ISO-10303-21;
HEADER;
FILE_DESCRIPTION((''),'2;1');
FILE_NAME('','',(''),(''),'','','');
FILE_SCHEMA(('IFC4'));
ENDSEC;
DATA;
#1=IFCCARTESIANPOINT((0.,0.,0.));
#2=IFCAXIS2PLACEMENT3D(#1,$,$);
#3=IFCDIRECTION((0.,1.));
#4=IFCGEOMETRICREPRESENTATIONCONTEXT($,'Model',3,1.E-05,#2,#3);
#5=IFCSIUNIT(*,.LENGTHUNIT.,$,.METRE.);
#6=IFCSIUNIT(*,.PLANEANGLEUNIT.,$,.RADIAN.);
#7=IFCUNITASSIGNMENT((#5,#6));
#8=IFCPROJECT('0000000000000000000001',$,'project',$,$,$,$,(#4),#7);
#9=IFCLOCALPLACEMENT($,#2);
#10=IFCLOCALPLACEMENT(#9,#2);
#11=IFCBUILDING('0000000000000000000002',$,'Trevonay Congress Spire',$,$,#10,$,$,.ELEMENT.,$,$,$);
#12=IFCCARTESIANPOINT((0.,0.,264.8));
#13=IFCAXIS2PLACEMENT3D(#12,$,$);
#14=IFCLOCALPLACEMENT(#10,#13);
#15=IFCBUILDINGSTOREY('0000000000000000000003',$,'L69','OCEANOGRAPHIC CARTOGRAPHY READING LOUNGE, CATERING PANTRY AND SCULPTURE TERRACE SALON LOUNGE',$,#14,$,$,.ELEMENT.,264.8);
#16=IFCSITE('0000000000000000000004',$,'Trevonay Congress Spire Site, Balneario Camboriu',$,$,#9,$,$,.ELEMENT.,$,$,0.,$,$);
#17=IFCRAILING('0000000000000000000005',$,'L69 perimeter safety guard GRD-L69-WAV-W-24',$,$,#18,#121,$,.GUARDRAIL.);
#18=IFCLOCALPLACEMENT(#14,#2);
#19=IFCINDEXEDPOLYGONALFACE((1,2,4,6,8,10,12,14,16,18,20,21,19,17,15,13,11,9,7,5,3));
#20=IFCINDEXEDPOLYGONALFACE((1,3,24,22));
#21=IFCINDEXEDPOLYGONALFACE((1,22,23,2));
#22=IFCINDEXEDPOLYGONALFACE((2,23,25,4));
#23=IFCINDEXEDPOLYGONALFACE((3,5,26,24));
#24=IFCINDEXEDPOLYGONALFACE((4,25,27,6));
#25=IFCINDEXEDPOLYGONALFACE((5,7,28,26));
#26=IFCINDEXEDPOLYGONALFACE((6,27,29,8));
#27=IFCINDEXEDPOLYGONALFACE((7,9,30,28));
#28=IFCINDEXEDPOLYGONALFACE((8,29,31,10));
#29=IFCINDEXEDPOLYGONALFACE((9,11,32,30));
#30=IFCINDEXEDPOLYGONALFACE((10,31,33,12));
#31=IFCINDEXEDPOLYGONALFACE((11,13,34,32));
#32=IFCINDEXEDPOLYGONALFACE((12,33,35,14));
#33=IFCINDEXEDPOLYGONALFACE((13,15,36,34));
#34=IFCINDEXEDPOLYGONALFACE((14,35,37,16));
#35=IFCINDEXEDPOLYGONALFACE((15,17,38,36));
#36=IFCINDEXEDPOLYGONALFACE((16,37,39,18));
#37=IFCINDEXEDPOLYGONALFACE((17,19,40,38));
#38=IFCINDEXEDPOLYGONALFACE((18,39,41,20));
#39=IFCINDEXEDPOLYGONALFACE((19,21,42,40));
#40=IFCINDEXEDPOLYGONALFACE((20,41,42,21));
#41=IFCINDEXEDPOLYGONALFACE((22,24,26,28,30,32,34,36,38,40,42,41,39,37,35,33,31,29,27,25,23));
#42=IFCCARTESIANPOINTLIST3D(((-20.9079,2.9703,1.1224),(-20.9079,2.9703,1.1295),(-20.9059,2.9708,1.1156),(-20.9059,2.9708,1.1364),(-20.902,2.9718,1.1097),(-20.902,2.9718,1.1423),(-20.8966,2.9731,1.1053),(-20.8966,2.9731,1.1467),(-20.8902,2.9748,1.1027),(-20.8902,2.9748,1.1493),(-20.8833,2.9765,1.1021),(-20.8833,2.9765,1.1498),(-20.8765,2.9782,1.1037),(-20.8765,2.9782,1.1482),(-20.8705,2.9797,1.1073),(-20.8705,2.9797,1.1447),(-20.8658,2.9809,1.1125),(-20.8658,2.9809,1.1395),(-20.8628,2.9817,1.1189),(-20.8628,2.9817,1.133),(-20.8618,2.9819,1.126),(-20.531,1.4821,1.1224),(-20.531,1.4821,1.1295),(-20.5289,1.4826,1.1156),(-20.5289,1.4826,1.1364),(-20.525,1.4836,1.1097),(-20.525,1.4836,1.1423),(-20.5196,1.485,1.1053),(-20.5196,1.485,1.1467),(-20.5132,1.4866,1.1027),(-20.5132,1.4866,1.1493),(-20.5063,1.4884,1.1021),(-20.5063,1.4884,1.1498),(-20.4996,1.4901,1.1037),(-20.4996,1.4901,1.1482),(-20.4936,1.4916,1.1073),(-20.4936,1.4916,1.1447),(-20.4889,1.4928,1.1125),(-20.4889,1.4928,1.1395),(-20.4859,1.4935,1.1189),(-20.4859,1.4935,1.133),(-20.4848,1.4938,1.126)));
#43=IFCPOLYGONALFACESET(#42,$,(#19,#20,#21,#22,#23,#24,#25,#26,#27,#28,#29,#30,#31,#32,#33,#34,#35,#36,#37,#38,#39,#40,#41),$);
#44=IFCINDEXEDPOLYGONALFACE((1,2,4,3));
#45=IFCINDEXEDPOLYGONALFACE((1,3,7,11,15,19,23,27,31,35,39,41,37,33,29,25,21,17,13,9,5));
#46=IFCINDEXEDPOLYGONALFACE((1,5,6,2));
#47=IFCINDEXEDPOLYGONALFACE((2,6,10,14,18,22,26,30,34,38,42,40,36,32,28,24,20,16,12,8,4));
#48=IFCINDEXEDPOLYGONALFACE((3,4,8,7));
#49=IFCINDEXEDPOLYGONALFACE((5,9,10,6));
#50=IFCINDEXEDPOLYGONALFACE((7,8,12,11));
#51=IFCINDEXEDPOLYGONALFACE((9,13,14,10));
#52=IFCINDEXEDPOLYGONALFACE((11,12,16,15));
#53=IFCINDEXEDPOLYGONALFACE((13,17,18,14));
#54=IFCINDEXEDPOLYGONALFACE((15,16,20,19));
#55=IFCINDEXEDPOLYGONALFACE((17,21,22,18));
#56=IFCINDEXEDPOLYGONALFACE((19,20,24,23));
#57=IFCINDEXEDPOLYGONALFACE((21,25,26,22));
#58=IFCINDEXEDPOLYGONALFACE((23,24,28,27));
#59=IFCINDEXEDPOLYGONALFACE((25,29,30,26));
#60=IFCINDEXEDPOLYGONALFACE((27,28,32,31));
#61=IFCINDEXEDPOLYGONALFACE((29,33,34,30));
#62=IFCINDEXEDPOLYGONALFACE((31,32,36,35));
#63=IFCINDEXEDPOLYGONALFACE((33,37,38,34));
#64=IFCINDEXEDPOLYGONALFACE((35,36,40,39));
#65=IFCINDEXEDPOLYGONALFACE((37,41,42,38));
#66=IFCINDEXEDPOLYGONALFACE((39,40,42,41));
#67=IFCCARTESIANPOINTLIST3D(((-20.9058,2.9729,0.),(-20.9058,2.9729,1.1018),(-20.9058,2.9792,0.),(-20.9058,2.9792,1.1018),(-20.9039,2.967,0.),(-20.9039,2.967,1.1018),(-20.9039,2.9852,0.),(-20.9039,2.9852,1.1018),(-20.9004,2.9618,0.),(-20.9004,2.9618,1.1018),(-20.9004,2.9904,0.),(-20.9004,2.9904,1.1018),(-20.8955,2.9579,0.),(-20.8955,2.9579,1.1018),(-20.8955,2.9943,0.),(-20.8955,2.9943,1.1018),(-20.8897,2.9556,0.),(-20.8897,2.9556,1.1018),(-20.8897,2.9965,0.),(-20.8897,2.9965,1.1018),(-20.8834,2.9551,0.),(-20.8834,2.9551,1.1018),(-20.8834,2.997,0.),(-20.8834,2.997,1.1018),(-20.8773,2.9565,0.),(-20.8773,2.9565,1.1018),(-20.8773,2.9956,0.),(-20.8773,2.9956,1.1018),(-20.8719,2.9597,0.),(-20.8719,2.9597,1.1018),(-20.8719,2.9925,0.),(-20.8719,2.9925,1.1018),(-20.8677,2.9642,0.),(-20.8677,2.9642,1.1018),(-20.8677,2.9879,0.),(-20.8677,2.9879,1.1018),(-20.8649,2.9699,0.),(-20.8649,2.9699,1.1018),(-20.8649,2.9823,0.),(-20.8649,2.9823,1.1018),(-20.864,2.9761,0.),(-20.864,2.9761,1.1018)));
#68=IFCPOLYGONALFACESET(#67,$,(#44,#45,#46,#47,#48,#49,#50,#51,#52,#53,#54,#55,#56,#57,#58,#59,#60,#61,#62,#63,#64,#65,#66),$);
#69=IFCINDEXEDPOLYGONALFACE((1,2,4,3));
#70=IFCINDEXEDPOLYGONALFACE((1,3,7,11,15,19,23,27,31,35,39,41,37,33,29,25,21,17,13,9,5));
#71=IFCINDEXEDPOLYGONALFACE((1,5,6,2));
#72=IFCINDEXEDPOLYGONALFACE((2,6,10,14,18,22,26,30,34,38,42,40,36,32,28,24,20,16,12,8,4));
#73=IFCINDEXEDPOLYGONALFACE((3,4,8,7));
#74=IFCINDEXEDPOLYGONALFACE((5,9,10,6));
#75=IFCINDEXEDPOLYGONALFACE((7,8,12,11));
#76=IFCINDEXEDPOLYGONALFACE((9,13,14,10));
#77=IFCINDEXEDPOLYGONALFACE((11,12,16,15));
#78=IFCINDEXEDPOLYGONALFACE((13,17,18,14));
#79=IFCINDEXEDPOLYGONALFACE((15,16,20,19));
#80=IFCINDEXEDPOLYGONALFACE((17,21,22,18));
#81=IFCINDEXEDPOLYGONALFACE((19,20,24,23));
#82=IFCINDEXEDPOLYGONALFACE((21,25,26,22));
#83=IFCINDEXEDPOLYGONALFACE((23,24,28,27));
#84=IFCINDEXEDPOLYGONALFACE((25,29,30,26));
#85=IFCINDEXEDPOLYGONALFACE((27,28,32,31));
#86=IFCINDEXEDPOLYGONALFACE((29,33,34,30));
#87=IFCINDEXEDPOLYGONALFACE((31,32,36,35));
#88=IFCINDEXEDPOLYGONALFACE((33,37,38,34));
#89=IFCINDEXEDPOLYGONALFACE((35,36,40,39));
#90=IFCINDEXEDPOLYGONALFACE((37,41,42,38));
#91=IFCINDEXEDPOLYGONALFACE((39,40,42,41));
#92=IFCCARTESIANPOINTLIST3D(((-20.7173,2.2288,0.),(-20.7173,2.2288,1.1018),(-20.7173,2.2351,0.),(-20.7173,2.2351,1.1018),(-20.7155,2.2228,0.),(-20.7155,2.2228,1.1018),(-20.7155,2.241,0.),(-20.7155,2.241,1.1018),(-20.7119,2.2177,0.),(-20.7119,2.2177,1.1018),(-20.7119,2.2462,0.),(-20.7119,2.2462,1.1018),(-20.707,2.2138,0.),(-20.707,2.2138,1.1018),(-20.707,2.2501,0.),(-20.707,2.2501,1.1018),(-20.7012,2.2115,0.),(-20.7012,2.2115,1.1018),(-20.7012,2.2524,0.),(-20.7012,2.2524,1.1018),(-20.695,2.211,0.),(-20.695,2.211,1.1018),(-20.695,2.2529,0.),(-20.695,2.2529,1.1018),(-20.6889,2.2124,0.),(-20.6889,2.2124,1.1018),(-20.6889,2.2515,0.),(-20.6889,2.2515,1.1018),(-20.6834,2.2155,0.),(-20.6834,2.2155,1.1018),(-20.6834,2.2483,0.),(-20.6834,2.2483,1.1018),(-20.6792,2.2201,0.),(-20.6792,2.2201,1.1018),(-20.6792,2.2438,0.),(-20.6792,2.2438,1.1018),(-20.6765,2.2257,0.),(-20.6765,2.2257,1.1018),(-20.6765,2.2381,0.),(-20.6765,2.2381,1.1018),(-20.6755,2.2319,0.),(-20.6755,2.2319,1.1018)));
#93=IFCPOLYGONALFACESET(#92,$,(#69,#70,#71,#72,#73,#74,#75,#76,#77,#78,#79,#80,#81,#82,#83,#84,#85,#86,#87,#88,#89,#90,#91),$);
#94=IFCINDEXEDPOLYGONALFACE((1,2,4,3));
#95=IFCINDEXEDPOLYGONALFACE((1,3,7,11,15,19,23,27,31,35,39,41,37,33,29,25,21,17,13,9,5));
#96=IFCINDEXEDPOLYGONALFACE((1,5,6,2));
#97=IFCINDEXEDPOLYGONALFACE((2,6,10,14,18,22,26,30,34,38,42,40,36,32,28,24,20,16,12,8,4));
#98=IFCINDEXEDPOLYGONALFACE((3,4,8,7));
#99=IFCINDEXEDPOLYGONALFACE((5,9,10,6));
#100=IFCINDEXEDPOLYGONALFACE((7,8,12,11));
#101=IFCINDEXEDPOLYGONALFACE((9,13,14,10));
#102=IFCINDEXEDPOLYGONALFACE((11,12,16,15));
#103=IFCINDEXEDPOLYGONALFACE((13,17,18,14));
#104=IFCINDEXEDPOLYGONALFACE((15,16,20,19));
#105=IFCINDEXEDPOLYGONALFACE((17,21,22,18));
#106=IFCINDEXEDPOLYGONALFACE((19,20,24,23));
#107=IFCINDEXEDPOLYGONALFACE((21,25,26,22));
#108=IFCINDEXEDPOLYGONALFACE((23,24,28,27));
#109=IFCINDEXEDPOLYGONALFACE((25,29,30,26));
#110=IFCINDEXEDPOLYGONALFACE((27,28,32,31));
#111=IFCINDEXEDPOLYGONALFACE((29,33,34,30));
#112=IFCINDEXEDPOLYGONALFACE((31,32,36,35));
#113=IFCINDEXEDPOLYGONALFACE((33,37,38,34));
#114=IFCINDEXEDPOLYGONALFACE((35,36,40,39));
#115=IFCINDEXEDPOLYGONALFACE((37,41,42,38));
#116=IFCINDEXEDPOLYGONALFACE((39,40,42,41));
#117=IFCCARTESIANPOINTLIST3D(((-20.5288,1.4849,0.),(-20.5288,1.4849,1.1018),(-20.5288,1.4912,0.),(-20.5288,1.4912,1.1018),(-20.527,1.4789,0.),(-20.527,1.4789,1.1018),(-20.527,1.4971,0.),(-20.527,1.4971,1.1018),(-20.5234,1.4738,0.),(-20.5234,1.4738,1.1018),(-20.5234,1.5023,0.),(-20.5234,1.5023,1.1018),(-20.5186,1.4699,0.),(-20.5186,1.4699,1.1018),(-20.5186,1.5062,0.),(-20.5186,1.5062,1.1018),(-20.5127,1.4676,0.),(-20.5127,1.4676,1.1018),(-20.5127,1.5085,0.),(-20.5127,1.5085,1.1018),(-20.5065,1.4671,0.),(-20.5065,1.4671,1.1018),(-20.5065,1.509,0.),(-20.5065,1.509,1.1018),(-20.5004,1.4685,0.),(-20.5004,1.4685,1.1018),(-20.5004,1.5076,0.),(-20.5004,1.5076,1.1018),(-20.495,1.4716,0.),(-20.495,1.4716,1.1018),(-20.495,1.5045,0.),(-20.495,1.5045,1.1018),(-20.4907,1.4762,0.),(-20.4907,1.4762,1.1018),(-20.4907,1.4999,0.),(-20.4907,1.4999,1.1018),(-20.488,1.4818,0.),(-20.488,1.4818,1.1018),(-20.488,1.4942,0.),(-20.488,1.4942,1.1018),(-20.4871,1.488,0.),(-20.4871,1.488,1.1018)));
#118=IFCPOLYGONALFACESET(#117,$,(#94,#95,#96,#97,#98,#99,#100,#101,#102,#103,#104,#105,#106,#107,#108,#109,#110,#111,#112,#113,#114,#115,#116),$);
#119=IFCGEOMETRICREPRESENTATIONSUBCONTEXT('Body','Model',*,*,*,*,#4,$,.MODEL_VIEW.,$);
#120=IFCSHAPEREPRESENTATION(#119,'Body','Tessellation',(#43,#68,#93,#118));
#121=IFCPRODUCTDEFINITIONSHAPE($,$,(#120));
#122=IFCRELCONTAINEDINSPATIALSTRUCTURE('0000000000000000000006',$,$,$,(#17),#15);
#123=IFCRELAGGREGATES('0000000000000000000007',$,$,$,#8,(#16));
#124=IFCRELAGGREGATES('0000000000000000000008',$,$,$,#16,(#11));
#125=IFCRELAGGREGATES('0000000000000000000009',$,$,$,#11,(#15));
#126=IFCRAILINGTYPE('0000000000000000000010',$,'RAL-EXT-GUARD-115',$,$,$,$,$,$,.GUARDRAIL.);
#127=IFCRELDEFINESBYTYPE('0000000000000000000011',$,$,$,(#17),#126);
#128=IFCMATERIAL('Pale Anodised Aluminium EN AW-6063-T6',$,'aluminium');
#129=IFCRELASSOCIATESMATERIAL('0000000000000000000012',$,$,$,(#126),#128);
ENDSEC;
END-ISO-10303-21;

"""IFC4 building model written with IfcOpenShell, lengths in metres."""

from ifc_helpers import new_model, si_unit, direction, frame, origin, origin_2d, place, context, subcontext, project, spatial, circle, extrude, material, type_object, element, save


model = new_model("IFC4")

# Units and contexts
model_context = context("Model", 3, precision=1e-05, world=origin(), true_north=direction((0.0, 1.0)))
body_context = subcontext(model_context, "Body", "Model", "MODEL_VIEW")
ifc_project = project(units=[si_unit("LENGTHUNIT", "METRE"), si_unit("PLANEANGLEUNIT", "RADIAN")], contexts=[model_context])

# Site, building, storey
site_placement = place(None, origin())
site = spatial("IfcSite", under=ifc_project, at=site_placement, Name="Trevonay Congress Spire Site, Balneario Camboriu", CompositionType="ELEMENT", RefElevation=0.0)
building_placement = place(site_placement, origin())
building = spatial("IfcBuilding", under=site, at=building_placement, Name="Trevonay Congress Spire", CompositionType="ELEMENT")
storey_placement = place(building_placement, frame((0.0, 0.0, 264.8)))
storey = spatial("IfcBuildingStorey", under=building, at=storey_placement, Name="L69", Description="OCEANOGRAPHIC CARTOGRAPHY READING LOUNGE, CATERING PANTRY AND SCULPTURE TERRACE SALON LOUNGE", CompositionType="ELEMENT", Elevation=264.8)

# Shared definitions
ifc_material_1 = material(Name="Pale Anodised Aluminium EN AW-6063-T6", Category="aluminium")

# Railing
railing_type = type_object("IfcRailingType", Name="RAL-EXT-GUARD-115", PredefinedType="GUARDRAIL", material=ifc_material_1)
railing_1_placement = place(storey_placement, frame((-20.885, 2.9761, 0.0)))
element("IfcRailing", 1, at=railing_1_placement, inside=storey, type_object=railing_type, Name="L69 perimeter safety guard GRD-L69-WAV-W-24", PredefinedType="GUARDRAIL", context=body_context, shape_type="SweptSolid", body=[
    extrude(circle(Radius=0.0239, at=origin_2d()), frame((0.0, 0.0, 1.126), z_axis=(0.245566, -0.96938, 0.0), x_axis=(0.96938, 0.245566, 0.0)), (0.0, 0.0, 1.0), 1.5352),
    extrude(circle(Radius=0.021, at=origin_2d()), origin(), (0.0, 0.0, 1.0), 1.1018),
    extrude(circle(Radius=0.021, at=origin_2d()), frame((0.1885, -0.7441, 0.0)), (0.0, 0.0, 1.0), 1.1018),
    extrude(circle(Radius=0.021, at=origin_2d()), frame((0.377, -1.488, 0.0)), (0.0, 0.0, 1.0), 1.1018),
])

save(model, "model.ifc")
